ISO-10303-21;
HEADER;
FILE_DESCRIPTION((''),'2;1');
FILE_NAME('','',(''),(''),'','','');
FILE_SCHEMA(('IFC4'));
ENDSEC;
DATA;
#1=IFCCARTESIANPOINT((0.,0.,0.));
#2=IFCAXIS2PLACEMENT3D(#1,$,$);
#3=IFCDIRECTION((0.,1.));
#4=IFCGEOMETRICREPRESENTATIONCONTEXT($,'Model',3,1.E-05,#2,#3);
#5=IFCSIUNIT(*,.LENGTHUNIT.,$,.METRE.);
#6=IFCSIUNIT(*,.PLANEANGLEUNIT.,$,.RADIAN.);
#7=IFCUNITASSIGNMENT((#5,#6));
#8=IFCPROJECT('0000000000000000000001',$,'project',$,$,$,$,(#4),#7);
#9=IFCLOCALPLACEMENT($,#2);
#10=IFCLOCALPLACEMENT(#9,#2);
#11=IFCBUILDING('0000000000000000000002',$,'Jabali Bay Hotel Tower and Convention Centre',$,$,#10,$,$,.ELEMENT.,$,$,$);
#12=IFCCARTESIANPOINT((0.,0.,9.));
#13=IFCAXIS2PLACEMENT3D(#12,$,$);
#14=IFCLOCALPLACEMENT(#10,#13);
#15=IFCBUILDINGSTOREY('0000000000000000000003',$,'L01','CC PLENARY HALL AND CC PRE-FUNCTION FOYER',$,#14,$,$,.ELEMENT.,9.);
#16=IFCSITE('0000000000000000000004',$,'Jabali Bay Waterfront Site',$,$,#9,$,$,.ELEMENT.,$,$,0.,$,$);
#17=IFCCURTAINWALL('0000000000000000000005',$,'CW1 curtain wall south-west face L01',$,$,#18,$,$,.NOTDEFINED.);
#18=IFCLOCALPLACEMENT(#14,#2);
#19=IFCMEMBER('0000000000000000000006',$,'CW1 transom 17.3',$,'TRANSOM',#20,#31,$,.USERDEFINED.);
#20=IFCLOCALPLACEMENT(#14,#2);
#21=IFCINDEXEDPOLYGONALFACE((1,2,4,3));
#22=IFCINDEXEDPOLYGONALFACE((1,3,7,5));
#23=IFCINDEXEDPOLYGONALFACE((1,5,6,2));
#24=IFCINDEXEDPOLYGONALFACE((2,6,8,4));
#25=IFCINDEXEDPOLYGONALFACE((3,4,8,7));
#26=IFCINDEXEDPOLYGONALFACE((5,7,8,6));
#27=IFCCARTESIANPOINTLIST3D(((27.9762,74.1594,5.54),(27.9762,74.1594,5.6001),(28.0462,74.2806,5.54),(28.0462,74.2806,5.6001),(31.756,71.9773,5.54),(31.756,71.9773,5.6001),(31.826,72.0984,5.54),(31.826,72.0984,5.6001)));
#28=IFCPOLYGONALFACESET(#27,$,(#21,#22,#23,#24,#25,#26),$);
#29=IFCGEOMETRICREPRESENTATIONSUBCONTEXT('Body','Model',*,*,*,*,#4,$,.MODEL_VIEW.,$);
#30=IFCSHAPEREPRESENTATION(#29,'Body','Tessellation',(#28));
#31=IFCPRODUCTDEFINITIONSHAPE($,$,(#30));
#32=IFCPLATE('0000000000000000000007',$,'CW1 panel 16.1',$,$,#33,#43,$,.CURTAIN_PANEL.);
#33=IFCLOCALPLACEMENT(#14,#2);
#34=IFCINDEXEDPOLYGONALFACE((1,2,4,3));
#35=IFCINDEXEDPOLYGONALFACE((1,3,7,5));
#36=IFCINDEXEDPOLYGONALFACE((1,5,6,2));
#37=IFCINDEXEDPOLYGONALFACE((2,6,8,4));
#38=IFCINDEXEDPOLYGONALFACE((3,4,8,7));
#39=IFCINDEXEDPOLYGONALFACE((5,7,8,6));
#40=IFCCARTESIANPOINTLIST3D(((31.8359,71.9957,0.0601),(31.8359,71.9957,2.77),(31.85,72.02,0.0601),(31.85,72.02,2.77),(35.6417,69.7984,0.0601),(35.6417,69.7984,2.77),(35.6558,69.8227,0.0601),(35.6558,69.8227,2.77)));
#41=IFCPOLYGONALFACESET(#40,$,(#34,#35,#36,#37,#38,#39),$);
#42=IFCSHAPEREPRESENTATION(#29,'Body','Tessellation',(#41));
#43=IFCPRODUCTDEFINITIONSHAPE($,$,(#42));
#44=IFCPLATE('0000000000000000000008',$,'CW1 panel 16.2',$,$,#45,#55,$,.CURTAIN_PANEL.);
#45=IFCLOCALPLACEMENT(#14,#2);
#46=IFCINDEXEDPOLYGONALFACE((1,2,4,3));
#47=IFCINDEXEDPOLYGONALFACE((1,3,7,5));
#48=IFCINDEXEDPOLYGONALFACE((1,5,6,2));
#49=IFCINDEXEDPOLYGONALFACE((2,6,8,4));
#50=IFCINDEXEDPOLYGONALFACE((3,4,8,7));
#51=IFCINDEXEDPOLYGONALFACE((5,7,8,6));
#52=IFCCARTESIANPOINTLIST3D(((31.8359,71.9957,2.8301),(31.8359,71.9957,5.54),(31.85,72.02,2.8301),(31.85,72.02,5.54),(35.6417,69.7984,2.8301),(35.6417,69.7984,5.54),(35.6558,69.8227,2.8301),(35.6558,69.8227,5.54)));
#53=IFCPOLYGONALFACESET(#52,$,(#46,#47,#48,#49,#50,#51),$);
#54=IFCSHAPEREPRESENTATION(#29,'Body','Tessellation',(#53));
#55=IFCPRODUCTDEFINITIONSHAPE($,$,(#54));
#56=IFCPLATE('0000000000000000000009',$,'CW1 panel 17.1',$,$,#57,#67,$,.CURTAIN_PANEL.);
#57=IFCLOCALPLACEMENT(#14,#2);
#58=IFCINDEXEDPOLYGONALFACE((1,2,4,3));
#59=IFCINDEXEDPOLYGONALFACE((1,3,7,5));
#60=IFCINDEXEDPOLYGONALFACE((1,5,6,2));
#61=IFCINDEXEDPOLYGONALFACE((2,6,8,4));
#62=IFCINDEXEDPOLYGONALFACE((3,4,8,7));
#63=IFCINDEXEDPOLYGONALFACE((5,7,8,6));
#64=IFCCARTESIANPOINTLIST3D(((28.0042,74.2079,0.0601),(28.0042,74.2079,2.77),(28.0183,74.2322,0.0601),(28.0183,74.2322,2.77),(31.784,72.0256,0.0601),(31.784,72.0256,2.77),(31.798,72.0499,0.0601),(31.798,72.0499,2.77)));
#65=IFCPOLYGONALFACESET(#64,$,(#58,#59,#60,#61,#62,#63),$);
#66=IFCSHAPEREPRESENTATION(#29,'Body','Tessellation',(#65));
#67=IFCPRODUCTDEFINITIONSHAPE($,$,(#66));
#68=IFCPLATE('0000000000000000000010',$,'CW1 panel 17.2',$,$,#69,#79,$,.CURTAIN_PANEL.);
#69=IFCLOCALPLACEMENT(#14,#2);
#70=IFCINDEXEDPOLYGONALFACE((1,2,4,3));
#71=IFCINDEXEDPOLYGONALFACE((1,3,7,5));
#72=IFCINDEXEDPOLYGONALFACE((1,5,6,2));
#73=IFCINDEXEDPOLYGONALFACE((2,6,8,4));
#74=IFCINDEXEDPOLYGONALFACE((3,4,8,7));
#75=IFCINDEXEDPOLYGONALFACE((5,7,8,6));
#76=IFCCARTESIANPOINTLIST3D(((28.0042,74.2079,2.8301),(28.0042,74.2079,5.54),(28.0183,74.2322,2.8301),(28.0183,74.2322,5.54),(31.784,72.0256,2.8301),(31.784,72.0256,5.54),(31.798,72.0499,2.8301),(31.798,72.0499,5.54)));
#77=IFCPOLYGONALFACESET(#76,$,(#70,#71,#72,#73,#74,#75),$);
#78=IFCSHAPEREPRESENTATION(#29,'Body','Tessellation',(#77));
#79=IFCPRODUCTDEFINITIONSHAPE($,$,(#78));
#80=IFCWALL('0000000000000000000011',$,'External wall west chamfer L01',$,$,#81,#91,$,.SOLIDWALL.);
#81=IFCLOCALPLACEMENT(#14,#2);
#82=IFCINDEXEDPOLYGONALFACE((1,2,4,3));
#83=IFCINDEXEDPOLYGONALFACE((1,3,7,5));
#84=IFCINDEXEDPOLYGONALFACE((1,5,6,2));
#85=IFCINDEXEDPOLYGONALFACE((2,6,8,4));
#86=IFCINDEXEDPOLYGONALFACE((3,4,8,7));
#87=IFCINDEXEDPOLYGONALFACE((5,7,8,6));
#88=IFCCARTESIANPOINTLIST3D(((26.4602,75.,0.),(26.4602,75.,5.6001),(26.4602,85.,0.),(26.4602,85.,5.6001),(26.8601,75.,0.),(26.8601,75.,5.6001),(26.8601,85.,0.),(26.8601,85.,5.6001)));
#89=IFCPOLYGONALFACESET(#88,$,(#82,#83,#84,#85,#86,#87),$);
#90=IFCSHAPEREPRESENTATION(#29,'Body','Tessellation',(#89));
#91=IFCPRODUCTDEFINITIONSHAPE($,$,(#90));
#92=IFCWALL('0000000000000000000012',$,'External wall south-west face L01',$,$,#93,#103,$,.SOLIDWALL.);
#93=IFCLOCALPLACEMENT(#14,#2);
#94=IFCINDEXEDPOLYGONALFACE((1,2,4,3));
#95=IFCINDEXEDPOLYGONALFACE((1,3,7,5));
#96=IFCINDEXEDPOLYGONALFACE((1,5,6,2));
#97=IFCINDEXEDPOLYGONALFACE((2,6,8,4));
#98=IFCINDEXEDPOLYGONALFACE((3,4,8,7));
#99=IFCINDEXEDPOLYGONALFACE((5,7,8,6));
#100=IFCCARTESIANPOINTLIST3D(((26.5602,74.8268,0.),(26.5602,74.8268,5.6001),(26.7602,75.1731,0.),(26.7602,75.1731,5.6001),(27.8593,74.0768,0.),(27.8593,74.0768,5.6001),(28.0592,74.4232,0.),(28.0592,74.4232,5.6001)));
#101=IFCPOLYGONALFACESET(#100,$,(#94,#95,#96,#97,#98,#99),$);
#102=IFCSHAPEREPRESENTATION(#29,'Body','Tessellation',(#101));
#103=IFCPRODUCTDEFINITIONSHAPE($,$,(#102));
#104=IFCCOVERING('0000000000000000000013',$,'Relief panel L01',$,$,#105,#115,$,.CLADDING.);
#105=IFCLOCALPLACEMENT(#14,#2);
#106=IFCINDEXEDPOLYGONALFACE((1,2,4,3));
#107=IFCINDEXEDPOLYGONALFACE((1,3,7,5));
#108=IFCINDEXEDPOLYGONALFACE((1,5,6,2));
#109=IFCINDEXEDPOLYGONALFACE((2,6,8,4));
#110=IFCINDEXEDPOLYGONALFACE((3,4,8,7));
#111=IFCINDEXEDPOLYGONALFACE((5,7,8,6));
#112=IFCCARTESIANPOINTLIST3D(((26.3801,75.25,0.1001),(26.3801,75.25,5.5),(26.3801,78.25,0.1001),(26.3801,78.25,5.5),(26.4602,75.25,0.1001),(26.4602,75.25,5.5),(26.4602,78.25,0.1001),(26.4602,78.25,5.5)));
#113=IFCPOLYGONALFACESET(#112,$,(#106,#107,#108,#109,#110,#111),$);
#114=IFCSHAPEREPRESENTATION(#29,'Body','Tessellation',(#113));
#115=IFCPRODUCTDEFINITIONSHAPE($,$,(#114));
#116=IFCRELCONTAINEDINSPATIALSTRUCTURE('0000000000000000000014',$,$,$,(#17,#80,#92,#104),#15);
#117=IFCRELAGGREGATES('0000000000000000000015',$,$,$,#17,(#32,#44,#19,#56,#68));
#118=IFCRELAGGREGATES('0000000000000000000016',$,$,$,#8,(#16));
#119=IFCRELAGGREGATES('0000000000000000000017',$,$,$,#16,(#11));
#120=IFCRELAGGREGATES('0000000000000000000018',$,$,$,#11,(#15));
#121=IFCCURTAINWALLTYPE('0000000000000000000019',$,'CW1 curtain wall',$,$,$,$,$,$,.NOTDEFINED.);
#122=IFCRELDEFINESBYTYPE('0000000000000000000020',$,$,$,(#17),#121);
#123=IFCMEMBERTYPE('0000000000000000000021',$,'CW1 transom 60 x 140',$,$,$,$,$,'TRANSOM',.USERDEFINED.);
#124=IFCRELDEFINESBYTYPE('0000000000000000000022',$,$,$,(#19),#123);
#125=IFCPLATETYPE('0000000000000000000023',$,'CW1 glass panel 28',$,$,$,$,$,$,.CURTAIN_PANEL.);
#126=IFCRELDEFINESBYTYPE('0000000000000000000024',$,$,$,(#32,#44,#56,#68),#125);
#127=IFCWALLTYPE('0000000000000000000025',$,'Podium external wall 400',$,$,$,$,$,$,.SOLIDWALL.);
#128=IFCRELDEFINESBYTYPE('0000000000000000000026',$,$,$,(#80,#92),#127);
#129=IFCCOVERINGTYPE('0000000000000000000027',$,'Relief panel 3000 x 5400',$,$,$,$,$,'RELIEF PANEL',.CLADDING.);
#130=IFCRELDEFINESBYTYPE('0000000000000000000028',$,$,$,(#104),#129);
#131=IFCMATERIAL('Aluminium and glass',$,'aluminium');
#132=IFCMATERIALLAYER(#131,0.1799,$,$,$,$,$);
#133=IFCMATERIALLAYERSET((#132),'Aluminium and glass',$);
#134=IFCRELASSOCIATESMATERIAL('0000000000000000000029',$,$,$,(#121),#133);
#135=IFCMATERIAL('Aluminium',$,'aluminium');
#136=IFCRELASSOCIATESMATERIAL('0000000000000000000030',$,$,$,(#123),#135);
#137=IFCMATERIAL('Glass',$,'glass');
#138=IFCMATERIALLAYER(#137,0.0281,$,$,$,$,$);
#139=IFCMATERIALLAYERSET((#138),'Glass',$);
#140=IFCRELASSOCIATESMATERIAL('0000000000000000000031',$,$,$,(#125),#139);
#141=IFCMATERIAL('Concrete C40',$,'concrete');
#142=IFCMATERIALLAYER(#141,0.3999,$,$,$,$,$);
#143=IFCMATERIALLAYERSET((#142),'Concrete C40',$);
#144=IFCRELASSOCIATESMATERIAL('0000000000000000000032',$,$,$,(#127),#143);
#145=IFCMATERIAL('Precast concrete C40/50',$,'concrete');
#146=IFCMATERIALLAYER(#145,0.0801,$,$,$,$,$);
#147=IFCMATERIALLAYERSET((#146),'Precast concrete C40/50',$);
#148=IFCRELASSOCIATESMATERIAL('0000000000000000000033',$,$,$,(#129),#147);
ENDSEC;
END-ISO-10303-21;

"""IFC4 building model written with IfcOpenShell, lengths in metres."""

from ifc_helpers import new_model, si_unit, direction, frame, frame_2d, origin, origin_2d, place, context, subcontext, project, spatial, rectangle, extrude, material, layer, layer_set, material_profile, profile_set, type_object, element, aggregate, save


model = new_model("IFC4")

# Units and contexts
model_context = context("Model", 3, precision=1e-05, world=origin(), true_north=direction((0.0, 1.0)))
body_context = subcontext(model_context, "Body", "Model", "MODEL_VIEW")
ifc_project = project(units=[si_unit("LENGTHUNIT", "METRE"), si_unit("PLANEANGLEUNIT", "RADIAN")], contexts=[model_context])

# Site, building, storey
site_placement = place(None, origin())
site = spatial("IfcSite", under=ifc_project, at=site_placement, Name="Jabali Bay Waterfront Site", CompositionType="ELEMENT", RefElevation=0.0)
building_placement = place(site_placement, origin())
building = spatial("IfcBuilding", under=site, at=building_placement, Name="Jabali Bay Hotel Tower and Convention Centre", CompositionType="ELEMENT")
storey_placement = place(building_placement, frame((0.0, 0.0, 9.0)))
storey = spatial("IfcBuildingStorey", under=building, at=storey_placement, Name="L01", Description="CC PLENARY HALL AND CC PRE-FUNCTION FOYER", CompositionType="ELEMENT", Elevation=9.0)

# Shared definitions
ifc_material_1 = material(Name="Concrete C40", Category="concrete")

# Curtain wall, member, plates
ifc_material_2 = material(Name="Aluminium and glass", Category="aluminium")
ifc_layer_1 = layer(ifc_material_2, 0.1799)
ifc_layer_set_1 = layer_set([ifc_layer_1], Name="Aluminium and glass")
curtain_wall_type = type_object("IfcCurtainWallType", Name="CW1 curtain wall", PredefinedType="NOTDEFINED", material=ifc_layer_set_1)
curtain_wall_placement = place(storey_placement, origin())
curtain_wall = element("IfcCurtainWall", 1, at=curtain_wall_placement, inside=storey, type_object=curtain_wall_type, Name="CW1 curtain wall south-west face L01", PredefinedType="NOTDEFINED")
ifc_material_3 = material(Name="Aluminium", Category="aluminium")
ifc_material_profile_1 = material_profile(ifc_material_3, rectangle(XDim=0.1399, YDim=0.0601, at=origin_2d()), Name="CW1 transom 60 x 140")
ifc_profile_set_1 = profile_set([ifc_material_profile_1], Name="Aluminium")
member_type_1 = type_object("IfcMemberType", Name="CW1 transom 60 x 140", ElementType="TRANSOM", PredefinedType="USERDEFINED", material=ifc_profile_set_1)
member_1_placement = place(storey_placement, frame((31.791, 72.0378, 5.5701), z_axis=(-0.866038, 0.499977, 0.0), x_axis=(-0.499977, -0.866038, 0.0)))
member_1 = element("IfcMember", 2, at=member_1_placement, type_object=member_type_1, Name="CW1 transom 17.3", ObjectType="TRANSOM", PredefinedType="USERDEFINED", context=body_context, shape_type="SweptSolid", body=[
    extrude(rectangle(XDim=0.1399, YDim=0.0601, at=origin_2d()), origin(), (0.0, 0.0, 1.0), 4.3645),
])
ifc_material_4 = material(Name="Glass", Category="glass")
ifc_layer_2 = layer(ifc_material_4, 0.0281)
ifc_layer_set_2 = layer_set([ifc_layer_2], Name="Glass")
plate_type = type_object("IfcPlateType", Name="CW1 glass panel 28", PredefinedType="CURTAIN_PANEL", material=ifc_layer_set_2)
plate_1_placement = place(storey_placement, frame((33.7458, 70.9092, 0.0601), z_axis=(0.0, 0.0, 1.0), x_axis=(-0.866025, 0.5, 0.0)))
plate_1 = element("IfcPlate", 3, at=plate_1_placement, type_object=plate_type, Name="CW1 panel 16.1", PredefinedType="CURTAIN_PANEL", context=body_context, shape_type="SweptSolid", body=[
    extrude(rectangle(XDim=4.3945, YDim=0.0281, at=origin_2d()), origin(), (0.0, 0.0, 1.0), 2.71),
])
plate_2_placement = place(storey_placement, frame((33.7458, 70.9092, 2.8301), z_axis=(0.0, 0.0, 1.0), x_axis=(-0.866025, 0.5, 0.0)))
plate_2 = element("IfcPlate", 4, at=plate_2_placement, type_object=plate_type, Name="CW1 panel 16.2", PredefinedType="CURTAIN_PANEL", context=body_context, shape_type="SweptSolid", body=[
    extrude(rectangle(XDim=4.3945, YDim=0.0281, at=origin_2d()), origin(), (0.0, 0.0, 1.0), 2.71),
])
plate_3_placement = place(storey_placement, frame((29.9011, 73.1289, 0.0601), z_axis=(0.0, 0.0, 1.0), x_axis=(-0.866025, 0.5, 0.0)))
plate_3 = element("IfcPlate", 5, at=plate_3_placement, type_object=plate_type, Name="CW1 panel 17.1", PredefinedType="CURTAIN_PANEL", context=body_context, shape_type="SweptSolid", body=[
    extrude(rectangle(XDim=4.3645, YDim=0.0281, at=origin_2d()), origin(), (0.0, 0.0, 1.0), 2.71),
])
plate_4_placement = place(storey_placement, frame((29.9011, 73.1289, 2.8301), z_axis=(0.0, 0.0, 1.0), x_axis=(-0.866025, 0.5, 0.0)))
plate_4 = element("IfcPlate", 6, at=plate_4_placement, type_object=plate_type, Name="CW1 panel 17.2", PredefinedType="CURTAIN_PANEL", context=body_context, shape_type="SweptSolid", body=[
    extrude(rectangle(XDim=4.3645, YDim=0.0281, at=origin_2d()), origin(), (0.0, 0.0, 1.0), 2.71),
])
aggregate(curtain_wall, [plate_1, plate_2, member_1, plate_3, plate_4])

# Walls
ifc_layer_3 = layer(ifc_material_1, 0.3999)
ifc_layer_set_3 = layer_set([ifc_layer_3], Name="Concrete C40")
wall_type = type_object("IfcWallType", Name="Podium external wall 400", PredefinedType="SOLIDWALL", material=ifc_layer_set_3)
wall_1_placement = place(storey_placement, frame((26.6602, 75.0, 0.0), z_axis=(0.0, 0.0, 1.0), x_axis=(0.0, 1.0, 0.0)))
element("IfcWall", 7, at=wall_1_placement, inside=storey, type_object=wall_type, Name="External wall west chamfer L01", PredefinedType="SOLIDWALL", context=body_context, shape_type="SweptSolid", body=[
    extrude(rectangle(XDim=10.0, YDim=0.3999, at=frame_2d((5.0, 0.0))), origin(), (0.0, 0.0, 1.0), 5.6001),
])
wall_2_placement = place(storey_placement, frame((27.9592, 74.25, 0.0), z_axis=(0.0, 0.0, 1.0), x_axis=(-0.866031, 0.49999, 0.0)))
element("IfcWall", 8, at=wall_2_placement, inside=storey, type_object=wall_type, Name="External wall south-west face L01", PredefinedType="SOLIDWALL", context=body_context, shape_type="SweptSolid", body=[
    extrude(rectangle(XDim=1.5, YDim=0.3999, at=frame_2d((0.75, 0.0))), origin(), (0.0, 0.0, 1.0), 5.6001),
])

# Covering
ifc_material_5 = material(Name="Precast concrete C40/50", Category="concrete")
ifc_layer_4 = layer(ifc_material_5, 0.0801)
ifc_layer_set_4 = layer_set([ifc_layer_4], Name="Precast concrete C40/50")
covering_type = type_object("IfcCoveringType", Name="Relief panel 3000 x 5400", ElementType="RELIEF PANEL", PredefinedType="CLADDING", material=ifc_layer_set_4)
covering_placement = place(storey_placement, frame((26.4202, 76.75, 0.1001), z_axis=(0.0, 0.0, 1.0), x_axis=(0.0, 1.0, 0.0)))
element("IfcCovering", 9, at=covering_placement, inside=storey, type_object=covering_type, Name="Relief panel L01", PredefinedType="CLADDING", context=body_context, shape_type="SweptSolid", body=[
    extrude(rectangle(XDim=3.0, YDim=0.0801, at=origin_2d()), origin(), (0.0, 0.0, 1.0), 5.3999),
])

save(model, "model.ifc")
